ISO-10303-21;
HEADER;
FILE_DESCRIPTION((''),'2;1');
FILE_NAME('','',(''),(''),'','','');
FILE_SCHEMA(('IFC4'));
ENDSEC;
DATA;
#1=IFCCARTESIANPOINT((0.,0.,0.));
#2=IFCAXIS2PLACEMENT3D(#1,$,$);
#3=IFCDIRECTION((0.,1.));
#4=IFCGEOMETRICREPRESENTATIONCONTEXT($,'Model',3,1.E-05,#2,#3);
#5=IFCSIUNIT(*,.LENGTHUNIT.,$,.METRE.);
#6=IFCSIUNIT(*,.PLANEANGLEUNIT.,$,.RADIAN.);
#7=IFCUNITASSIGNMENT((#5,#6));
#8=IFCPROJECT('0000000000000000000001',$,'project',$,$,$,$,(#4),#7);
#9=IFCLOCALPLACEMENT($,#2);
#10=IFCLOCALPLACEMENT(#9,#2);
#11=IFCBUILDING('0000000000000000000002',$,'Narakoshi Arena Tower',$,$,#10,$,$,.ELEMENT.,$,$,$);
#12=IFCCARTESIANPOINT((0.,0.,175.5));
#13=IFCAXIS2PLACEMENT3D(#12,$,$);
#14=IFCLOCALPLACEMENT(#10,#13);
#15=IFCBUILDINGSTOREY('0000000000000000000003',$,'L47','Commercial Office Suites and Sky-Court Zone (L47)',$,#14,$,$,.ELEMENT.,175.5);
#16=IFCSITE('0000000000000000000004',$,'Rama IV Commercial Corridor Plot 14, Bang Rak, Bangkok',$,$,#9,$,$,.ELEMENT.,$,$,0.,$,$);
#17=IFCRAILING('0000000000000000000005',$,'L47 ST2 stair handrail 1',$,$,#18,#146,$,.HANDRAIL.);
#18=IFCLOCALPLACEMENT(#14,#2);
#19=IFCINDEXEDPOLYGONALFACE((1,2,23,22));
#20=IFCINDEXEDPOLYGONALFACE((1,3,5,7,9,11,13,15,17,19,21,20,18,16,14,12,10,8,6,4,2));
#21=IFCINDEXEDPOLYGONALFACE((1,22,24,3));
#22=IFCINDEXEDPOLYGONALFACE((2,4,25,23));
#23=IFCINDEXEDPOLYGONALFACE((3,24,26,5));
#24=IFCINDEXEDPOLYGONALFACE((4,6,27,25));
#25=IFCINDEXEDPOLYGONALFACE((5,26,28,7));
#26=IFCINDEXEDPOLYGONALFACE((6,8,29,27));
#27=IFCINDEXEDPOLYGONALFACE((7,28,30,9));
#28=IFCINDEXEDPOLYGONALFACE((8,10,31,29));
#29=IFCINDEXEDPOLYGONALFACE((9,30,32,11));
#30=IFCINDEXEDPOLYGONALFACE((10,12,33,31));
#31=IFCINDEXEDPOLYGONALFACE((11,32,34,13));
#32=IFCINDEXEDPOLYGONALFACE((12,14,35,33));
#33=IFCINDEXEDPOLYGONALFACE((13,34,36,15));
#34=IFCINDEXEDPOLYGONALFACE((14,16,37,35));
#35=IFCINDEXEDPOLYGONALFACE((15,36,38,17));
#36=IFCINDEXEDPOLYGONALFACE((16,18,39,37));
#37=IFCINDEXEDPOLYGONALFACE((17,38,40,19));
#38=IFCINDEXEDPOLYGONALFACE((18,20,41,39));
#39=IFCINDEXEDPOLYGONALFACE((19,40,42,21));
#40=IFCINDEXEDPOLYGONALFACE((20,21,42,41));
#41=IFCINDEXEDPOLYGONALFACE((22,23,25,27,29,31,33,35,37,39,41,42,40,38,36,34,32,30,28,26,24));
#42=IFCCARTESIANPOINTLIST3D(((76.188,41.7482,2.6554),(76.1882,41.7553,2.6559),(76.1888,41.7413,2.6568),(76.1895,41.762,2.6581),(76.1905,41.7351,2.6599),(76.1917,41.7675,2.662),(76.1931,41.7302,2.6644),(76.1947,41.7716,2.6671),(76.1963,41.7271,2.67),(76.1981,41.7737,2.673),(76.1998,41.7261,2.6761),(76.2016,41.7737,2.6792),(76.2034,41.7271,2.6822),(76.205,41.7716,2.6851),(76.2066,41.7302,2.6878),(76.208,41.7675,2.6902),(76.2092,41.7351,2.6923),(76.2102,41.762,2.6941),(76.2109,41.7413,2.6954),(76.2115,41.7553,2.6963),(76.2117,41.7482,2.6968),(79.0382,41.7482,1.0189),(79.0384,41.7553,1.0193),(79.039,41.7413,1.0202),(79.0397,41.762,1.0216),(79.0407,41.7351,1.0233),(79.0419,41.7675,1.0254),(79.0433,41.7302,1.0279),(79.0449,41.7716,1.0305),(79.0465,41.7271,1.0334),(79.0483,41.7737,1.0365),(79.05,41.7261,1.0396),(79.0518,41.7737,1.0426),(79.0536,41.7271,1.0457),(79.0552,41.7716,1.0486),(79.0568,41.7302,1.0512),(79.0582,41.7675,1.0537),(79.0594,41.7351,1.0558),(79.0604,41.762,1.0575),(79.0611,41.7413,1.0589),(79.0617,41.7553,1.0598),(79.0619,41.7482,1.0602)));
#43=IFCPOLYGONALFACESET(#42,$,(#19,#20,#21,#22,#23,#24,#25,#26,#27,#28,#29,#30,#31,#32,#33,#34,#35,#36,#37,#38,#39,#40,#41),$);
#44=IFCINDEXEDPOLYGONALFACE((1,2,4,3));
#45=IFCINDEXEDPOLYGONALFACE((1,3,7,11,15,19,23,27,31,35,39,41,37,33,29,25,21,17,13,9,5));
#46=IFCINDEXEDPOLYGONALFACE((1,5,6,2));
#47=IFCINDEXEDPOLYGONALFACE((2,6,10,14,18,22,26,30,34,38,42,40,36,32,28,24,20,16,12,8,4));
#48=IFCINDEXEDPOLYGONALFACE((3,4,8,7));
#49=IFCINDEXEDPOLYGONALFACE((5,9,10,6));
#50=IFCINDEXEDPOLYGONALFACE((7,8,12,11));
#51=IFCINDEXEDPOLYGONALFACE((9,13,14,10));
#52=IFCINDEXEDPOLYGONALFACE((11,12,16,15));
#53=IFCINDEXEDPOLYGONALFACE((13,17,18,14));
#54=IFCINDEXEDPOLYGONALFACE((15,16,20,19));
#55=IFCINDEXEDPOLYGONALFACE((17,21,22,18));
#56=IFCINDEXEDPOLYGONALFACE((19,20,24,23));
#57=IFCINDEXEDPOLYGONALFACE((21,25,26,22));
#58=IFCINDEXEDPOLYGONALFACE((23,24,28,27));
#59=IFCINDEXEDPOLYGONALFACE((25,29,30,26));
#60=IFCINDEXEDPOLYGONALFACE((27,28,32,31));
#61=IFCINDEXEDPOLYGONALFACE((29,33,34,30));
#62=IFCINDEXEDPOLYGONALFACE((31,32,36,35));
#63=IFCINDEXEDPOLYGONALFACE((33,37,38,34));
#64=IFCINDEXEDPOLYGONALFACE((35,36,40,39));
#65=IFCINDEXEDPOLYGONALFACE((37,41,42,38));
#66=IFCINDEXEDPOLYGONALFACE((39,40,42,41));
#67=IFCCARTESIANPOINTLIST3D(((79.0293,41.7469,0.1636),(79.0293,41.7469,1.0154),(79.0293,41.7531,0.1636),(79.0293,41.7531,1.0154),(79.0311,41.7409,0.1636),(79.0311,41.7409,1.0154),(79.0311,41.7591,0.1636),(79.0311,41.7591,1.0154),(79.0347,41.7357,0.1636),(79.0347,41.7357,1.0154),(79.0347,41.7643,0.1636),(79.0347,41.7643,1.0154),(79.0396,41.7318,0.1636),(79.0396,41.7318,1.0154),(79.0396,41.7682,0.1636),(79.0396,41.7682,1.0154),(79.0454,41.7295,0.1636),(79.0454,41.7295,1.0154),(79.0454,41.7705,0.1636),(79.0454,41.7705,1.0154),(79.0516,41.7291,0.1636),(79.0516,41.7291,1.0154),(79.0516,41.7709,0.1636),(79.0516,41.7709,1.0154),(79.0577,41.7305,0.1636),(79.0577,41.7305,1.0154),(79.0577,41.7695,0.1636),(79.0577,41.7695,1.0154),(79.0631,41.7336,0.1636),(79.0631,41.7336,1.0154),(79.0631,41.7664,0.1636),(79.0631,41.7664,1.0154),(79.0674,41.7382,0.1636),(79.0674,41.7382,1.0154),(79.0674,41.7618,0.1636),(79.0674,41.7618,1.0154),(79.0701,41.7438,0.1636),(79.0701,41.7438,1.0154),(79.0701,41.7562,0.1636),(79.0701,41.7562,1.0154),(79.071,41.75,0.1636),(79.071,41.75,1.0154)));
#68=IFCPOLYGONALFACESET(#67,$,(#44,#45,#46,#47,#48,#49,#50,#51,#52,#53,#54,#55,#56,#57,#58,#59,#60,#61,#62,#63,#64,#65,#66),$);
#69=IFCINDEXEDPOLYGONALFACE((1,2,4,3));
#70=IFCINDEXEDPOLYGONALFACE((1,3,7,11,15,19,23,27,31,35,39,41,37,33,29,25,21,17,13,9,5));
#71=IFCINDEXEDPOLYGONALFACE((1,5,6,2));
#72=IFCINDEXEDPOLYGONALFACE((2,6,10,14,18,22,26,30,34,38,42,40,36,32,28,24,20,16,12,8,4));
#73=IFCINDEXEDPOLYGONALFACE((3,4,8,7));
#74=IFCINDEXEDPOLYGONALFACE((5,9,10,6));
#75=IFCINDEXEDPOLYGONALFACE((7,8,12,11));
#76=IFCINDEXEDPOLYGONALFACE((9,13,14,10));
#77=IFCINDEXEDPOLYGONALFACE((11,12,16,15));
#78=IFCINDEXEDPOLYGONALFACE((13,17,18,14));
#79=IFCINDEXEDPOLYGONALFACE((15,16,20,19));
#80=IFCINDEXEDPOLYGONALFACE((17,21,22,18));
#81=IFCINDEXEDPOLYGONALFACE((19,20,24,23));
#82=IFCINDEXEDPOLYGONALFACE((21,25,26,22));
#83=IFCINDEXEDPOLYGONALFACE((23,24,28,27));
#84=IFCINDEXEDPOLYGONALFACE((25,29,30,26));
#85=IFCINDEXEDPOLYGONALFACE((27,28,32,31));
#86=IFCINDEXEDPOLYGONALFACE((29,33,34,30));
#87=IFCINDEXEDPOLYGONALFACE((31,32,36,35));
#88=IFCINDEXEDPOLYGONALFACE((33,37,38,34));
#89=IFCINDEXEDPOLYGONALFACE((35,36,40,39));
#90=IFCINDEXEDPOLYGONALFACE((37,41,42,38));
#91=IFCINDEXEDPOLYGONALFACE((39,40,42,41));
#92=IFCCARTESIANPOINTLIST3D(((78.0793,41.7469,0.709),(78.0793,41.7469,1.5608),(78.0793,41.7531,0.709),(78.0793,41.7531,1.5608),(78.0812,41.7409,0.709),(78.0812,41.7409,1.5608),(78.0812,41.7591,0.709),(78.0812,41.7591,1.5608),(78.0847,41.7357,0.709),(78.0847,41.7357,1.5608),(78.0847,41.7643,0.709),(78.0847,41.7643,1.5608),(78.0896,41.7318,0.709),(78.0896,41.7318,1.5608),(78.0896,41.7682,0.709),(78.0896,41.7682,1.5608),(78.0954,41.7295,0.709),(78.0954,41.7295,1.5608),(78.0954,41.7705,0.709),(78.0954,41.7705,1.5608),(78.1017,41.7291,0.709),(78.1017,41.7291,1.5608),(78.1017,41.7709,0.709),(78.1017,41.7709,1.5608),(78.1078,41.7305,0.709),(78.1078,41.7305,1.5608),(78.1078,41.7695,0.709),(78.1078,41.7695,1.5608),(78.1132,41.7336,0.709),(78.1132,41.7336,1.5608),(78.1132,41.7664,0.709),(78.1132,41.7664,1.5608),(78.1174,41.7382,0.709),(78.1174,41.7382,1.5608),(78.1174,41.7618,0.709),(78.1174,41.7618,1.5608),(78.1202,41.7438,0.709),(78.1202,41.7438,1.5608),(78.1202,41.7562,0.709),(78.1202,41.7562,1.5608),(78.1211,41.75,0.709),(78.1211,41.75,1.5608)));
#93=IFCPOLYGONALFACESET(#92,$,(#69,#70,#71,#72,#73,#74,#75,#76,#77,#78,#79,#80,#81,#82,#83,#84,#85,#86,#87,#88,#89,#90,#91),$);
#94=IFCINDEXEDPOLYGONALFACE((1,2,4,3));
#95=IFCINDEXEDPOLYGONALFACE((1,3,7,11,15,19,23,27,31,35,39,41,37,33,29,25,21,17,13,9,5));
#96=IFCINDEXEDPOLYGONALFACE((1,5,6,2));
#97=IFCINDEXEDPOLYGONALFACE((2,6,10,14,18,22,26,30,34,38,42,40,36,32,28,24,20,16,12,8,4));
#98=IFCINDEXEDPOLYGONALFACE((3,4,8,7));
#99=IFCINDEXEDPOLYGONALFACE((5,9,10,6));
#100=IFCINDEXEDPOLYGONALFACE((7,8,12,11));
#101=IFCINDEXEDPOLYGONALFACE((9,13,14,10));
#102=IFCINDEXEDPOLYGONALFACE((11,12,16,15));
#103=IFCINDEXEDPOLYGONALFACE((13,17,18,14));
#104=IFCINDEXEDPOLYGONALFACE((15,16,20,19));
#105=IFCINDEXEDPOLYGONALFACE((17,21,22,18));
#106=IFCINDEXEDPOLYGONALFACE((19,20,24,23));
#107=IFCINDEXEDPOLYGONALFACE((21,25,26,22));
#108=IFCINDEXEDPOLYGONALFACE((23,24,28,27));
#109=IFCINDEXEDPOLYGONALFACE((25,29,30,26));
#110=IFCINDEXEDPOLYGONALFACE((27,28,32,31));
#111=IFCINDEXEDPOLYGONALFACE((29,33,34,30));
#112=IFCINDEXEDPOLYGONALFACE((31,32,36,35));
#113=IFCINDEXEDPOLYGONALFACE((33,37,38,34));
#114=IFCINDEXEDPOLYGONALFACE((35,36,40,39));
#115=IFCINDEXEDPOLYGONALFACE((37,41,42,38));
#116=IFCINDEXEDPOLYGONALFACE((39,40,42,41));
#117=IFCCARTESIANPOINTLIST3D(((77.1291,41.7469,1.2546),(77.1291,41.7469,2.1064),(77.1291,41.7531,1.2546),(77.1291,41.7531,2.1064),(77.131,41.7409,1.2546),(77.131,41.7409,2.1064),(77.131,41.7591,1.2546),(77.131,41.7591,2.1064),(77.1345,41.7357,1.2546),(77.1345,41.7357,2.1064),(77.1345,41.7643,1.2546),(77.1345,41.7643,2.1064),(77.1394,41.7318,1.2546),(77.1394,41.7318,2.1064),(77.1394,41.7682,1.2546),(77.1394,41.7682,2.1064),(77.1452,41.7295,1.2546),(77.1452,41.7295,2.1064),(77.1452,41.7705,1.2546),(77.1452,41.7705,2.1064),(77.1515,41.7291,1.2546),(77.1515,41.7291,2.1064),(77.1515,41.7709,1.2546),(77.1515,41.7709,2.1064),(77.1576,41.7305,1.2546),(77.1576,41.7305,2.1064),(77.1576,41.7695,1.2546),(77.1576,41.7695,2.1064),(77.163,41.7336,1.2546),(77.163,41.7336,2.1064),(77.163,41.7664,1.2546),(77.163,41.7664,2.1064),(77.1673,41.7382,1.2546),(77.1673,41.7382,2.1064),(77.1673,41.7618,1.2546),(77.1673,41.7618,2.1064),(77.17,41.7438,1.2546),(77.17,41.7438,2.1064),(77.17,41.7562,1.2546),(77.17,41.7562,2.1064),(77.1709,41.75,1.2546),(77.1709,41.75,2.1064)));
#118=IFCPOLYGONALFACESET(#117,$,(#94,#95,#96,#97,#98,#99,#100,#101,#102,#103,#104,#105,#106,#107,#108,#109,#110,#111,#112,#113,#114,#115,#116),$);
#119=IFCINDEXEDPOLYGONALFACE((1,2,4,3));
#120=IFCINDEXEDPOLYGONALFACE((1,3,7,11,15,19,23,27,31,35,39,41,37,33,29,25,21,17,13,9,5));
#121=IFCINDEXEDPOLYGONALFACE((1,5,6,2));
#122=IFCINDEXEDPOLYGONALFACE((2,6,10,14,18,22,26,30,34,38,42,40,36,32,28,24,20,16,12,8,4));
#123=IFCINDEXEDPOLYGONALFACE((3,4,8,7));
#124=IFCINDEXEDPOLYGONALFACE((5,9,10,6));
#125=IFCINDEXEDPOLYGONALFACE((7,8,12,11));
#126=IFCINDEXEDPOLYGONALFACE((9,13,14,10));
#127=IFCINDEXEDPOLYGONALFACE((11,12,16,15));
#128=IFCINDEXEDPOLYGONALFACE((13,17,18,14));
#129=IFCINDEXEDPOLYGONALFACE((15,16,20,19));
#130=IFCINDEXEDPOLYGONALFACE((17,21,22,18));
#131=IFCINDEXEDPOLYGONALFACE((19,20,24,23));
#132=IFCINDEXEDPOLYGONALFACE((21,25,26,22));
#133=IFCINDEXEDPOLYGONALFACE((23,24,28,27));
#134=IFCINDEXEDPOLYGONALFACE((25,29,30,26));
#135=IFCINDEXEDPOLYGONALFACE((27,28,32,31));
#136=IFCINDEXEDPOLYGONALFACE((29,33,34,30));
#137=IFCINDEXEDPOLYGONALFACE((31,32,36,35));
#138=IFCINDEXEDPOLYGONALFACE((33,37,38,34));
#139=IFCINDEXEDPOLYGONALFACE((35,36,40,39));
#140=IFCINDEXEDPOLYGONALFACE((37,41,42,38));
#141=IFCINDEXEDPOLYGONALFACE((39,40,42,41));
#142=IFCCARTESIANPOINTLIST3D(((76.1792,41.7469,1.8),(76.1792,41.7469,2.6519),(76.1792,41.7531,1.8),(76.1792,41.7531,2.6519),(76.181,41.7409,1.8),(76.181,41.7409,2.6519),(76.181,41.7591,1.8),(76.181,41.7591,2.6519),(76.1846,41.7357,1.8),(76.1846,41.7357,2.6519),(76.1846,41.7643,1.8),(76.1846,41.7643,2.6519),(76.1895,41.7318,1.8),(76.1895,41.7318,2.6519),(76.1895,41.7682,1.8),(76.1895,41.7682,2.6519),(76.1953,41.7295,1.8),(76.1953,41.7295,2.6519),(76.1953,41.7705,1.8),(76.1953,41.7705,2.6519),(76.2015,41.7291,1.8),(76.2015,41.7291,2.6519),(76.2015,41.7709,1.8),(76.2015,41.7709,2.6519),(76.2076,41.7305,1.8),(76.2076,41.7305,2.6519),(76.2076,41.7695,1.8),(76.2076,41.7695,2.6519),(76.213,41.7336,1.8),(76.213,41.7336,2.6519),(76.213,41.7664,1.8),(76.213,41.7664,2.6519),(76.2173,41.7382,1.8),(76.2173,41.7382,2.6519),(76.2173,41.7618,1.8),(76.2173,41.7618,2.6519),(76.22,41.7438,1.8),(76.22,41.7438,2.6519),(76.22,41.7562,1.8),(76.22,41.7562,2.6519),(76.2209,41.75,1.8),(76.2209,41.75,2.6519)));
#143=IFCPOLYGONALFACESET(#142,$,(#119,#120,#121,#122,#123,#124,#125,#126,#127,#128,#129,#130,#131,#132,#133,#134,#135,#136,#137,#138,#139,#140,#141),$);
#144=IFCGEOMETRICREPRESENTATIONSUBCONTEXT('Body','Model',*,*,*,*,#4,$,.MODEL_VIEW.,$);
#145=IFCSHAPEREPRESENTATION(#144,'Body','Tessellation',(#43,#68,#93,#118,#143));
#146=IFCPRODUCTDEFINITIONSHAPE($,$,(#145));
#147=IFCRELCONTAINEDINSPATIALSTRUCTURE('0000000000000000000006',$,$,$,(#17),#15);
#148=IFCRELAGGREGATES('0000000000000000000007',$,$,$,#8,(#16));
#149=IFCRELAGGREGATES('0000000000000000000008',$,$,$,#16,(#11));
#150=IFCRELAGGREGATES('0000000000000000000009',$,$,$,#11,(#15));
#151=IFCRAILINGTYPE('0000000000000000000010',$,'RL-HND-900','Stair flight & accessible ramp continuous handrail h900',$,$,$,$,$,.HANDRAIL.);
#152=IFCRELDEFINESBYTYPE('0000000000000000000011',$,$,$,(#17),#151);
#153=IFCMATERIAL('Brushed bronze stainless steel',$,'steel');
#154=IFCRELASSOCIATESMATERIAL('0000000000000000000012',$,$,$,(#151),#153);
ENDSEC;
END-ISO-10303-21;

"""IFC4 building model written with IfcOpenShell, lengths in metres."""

from ifc_helpers import new_model, si_unit, direction, frame, origin, origin_2d, place, context, subcontext, project, spatial, circle, extrude, material, type_object, element, save


model = new_model("IFC4")

# Units and contexts
model_context = context("Model", 3, precision=1e-05, world=origin(), true_north=direction((0.0, 1.0)))
body_context = subcontext(model_context, "Body", "Model", "MODEL_VIEW")
ifc_project = project(units=[si_unit("LENGTHUNIT", "METRE"), si_unit("PLANEANGLEUNIT", "RADIAN")], contexts=[model_context])

# Site, building, storey
site_placement = place(None, origin())
site = spatial("IfcSite", under=ifc_project, at=site_placement, Name="Rama IV Commercial Corridor Plot 14, Bang Rak, Bangkok", CompositionType="ELEMENT", RefElevation=0.0)
building_placement = place(site_placement, origin())
building = spatial("IfcBuilding", under=site, at=building_placement, Name="Narakoshi Arena Tower", CompositionType="ELEMENT")
storey_placement = place(building_placement, frame((0.0, 0.0, 175.5)))
storey = spatial("IfcBuildingStorey", under=building, at=storey_placement, Name="L47", Description="Commercial Office Suites and Sky-Court Zone (L47)", CompositionType="ELEMENT", Elevation=175.5)

# Shared definitions
ifc_material_1 = material(Name="Brushed bronze stainless steel", Category="steel")

# Railing
railing_type_1 = type_object("IfcRailingType", Name="RL-HND-900", Description="Stair flight & accessible ramp continuous handrail h900", PredefinedType="HANDRAIL", material=ifc_material_1)
railing_1_placement = place(storey_placement, frame((79.05, 41.75, 0.1636)))
element("IfcRailing", 1, at=railing_1_placement, inside=storey, type_object=railing_type_1, Name="L47 ST2 stair handrail 1", PredefinedType="HANDRAIL", context=body_context, shape_type="SweptSolid", body=[
    extrude(circle(Radius=0.0239, at=origin_2d()), frame((0.0, 0.0, 0.876), z_axis=(-0.867213, 0.0, 0.497938), x_axis=(0.0, -1.0, 0.0)), (0.0, 0.0, 1.0), 3.2866),
    extrude(circle(Radius=0.021, at=origin_2d()), origin(), (0.0, 0.0, 1.0), 0.8518),
    extrude(circle(Radius=0.021, at=origin_2d()), frame((-0.95, 0.0, 0.5454)), (0.0, 0.0, 1.0), 0.8518),
    extrude(circle(Radius=0.021, at=origin_2d()), frame((-1.9001, 0.0, 1.0911)), (0.0, 0.0, 1.0), 0.8518),
    extrude(circle(Radius=0.021, at=origin_2d()), frame((-2.8501, 0.0, 1.6365)), (0.0, 0.0, 1.0), 0.8518),
])

save(model, "model.ifc")
